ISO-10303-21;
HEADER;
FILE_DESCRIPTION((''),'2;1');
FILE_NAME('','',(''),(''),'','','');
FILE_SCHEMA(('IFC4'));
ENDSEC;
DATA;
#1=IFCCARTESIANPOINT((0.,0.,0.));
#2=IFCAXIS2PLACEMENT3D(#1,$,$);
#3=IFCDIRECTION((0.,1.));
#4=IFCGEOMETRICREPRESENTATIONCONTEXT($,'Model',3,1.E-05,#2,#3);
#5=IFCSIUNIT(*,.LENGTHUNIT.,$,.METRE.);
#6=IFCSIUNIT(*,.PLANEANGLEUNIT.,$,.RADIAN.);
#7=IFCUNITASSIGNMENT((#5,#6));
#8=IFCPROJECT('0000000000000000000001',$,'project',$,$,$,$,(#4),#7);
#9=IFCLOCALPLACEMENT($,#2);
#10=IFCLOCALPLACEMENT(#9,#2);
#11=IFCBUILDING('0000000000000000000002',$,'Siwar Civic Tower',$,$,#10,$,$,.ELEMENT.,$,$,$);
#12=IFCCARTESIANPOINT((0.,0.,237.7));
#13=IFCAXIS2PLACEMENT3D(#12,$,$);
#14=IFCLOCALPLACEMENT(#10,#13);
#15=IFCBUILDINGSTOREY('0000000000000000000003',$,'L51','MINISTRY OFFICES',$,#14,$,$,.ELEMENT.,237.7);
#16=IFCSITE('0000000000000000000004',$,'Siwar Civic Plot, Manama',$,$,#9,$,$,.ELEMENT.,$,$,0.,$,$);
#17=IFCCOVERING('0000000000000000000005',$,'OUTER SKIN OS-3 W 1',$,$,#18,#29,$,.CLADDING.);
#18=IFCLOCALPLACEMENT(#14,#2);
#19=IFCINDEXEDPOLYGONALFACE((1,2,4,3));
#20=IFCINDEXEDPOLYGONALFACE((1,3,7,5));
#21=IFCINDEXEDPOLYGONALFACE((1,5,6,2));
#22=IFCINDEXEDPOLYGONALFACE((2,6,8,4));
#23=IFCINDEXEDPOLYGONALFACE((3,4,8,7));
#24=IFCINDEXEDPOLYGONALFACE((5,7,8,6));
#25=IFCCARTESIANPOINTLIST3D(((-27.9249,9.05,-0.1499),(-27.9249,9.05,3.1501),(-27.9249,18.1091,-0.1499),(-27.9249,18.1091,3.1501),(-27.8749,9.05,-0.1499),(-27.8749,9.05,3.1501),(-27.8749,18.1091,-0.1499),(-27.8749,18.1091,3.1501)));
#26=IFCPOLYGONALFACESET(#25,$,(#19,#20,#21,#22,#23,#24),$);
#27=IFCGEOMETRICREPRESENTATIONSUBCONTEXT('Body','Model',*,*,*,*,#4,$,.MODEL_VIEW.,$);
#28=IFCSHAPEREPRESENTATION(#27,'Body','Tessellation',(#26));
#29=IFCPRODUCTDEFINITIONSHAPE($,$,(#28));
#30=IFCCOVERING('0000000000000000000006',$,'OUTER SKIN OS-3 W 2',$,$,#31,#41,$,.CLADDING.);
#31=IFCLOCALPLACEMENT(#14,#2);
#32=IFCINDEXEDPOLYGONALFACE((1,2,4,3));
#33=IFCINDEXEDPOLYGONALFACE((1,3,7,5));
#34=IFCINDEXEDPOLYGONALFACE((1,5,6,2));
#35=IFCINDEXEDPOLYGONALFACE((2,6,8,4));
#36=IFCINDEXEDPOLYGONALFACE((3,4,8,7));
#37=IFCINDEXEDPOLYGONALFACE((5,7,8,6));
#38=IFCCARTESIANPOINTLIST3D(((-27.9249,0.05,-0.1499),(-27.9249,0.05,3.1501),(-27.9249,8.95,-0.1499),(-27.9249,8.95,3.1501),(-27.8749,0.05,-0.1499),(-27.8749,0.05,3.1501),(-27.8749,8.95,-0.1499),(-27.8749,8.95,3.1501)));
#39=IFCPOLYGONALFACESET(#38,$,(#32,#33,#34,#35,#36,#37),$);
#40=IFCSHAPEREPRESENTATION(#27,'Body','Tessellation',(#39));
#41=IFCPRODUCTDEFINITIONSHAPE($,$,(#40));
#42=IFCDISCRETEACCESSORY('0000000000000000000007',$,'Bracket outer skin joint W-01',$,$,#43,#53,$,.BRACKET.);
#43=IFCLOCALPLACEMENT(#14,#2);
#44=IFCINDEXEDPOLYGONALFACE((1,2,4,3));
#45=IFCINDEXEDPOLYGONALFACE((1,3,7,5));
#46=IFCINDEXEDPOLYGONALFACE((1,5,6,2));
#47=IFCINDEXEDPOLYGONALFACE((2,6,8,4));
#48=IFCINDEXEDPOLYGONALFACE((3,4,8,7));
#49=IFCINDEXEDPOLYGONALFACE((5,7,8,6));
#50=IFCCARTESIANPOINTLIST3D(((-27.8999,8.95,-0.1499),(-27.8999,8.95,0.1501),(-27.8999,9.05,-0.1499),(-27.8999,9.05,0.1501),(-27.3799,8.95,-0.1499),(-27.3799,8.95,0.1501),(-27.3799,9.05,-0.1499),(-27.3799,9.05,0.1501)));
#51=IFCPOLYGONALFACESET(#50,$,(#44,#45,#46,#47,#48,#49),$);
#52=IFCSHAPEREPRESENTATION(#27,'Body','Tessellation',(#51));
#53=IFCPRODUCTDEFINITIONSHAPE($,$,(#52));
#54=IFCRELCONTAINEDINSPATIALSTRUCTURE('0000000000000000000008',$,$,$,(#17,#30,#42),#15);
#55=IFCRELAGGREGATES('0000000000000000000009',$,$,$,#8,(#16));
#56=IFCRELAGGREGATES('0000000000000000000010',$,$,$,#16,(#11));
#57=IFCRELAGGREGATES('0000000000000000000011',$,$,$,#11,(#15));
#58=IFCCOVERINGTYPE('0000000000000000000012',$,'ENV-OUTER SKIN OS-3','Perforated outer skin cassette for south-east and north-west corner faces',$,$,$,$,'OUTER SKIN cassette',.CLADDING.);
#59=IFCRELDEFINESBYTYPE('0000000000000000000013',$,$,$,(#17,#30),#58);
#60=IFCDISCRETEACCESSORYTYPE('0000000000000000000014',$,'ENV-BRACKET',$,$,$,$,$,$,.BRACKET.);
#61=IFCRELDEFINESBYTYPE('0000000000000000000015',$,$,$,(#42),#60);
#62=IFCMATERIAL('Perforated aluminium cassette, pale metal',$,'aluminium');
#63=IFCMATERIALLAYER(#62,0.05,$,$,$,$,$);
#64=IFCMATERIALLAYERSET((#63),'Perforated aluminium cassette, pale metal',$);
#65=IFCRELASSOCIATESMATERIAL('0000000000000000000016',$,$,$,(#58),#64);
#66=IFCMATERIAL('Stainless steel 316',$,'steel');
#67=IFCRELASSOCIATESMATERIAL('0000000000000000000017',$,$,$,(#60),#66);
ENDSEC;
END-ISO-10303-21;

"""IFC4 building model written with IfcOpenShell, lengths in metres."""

from ifc_helpers import new_model, si_unit, direction, frame, origin, origin_2d, place, context, subcontext, project, spatial, rectangle, extrude, material, layer, layer_set, type_object, element, save


model = new_model("IFC4")

# Units and contexts
model_context = context("Model", 3, precision=1e-05, world=origin(), true_north=direction((0.0, 1.0)))
body_context = subcontext(model_context, "Body", "Model", "MODEL_VIEW")
ifc_project = project(units=[si_unit("LENGTHUNIT", "METRE"), si_unit("PLANEANGLEUNIT", "RADIAN")], contexts=[model_context])

# Site, building, storey
site_placement = place(None, origin())
site = spatial("IfcSite", under=ifc_project, at=site_placement, Name="Siwar Civic Plot, Manama", CompositionType="ELEMENT", RefElevation=0.0)
building_placement = place(site_placement, origin())
building = spatial("IfcBuilding", under=site, at=building_placement, Name="Siwar Civic Tower", CompositionType="ELEMENT")
storey_placement = place(building_placement, frame((0.0, 0.0, 237.7)))
storey = spatial("IfcBuildingStorey", under=building, at=storey_placement, Name="L51", Description="MINISTRY OFFICES", CompositionType="ELEMENT", Elevation=237.7)

# Coverings
ifc_material_1 = material(Name="Perforated aluminium cassette, pale metal", Category="aluminium")
ifc_layer_1 = layer(ifc_material_1, 0.05)
ifc_layer_set_1 = layer_set([ifc_layer_1], Name="Perforated aluminium cassette, pale metal")
covering_type = type_object("IfcCoveringType", Name="ENV-OUTER SKIN OS-3", Description="Perforated outer skin cassette for south-east and north-west corner faces", ElementType="OUTER SKIN cassette", PredefinedType="CLADDING", material=ifc_layer_set_1)
covering_1_placement = place(storey_placement, frame((-27.8999, 13.5796, -0.1499), z_axis=(0.0, 0.0, 1.0), x_axis=(0.0, -1.0, 0.0)))
element("IfcCovering", 1, at=covering_1_placement, inside=storey, type_object=covering_type, Name="OUTER SKIN OS-3 W 1", PredefinedType="CLADDING", context=body_context, shape_type="SweptSolid", body=[
    extrude(rectangle(XDim=9.0591, YDim=0.05, at=origin_2d()), origin(), (0.0, 0.0, 1.0), 3.3),
])
covering_2_placement = place(storey_placement, frame((-27.8999, 4.5, -0.1499), z_axis=(0.0, 0.0, 1.0), x_axis=(0.0, -1.0, 0.0)))
element("IfcCovering", 2, at=covering_2_placement, inside=storey, type_object=covering_type, Name="OUTER SKIN OS-3 W 2", PredefinedType="CLADDING", context=body_context, shape_type="SweptSolid", body=[
    extrude(rectangle(XDim=8.8999, YDim=0.05, at=origin_2d()), origin(), (0.0, 0.0, 1.0), 3.3),
])

# Discrete accessory
ifc_material_2 = material(Name="Stainless steel 316", Category="steel")
discrete_accessory_type = type_object("IfcDiscreteAccessoryType", Name="ENV-BRACKET", PredefinedType="BRACKET", material=ifc_material_2)
discrete_accessory_placement = place(storey_placement, frame((-27.6399, 9.0, -0.1499), z_axis=(0.0, 0.0, 1.0), x_axis=(-1.0, 0.0, 0.0)))
element("IfcDiscreteAccessory", 3, at=discrete_accessory_placement, inside=storey, type_object=discrete_accessory_type, Name="Bracket outer skin joint W-01", PredefinedType="BRACKET", context=body_context, shape_type="SweptSolid", body=[
    extrude(rectangle(XDim=0.52, YDim=0.1001, at=origin_2d()), origin(), (0.0, 0.0, 1.0), 0.3),
])

save(model, "model.ifc")
